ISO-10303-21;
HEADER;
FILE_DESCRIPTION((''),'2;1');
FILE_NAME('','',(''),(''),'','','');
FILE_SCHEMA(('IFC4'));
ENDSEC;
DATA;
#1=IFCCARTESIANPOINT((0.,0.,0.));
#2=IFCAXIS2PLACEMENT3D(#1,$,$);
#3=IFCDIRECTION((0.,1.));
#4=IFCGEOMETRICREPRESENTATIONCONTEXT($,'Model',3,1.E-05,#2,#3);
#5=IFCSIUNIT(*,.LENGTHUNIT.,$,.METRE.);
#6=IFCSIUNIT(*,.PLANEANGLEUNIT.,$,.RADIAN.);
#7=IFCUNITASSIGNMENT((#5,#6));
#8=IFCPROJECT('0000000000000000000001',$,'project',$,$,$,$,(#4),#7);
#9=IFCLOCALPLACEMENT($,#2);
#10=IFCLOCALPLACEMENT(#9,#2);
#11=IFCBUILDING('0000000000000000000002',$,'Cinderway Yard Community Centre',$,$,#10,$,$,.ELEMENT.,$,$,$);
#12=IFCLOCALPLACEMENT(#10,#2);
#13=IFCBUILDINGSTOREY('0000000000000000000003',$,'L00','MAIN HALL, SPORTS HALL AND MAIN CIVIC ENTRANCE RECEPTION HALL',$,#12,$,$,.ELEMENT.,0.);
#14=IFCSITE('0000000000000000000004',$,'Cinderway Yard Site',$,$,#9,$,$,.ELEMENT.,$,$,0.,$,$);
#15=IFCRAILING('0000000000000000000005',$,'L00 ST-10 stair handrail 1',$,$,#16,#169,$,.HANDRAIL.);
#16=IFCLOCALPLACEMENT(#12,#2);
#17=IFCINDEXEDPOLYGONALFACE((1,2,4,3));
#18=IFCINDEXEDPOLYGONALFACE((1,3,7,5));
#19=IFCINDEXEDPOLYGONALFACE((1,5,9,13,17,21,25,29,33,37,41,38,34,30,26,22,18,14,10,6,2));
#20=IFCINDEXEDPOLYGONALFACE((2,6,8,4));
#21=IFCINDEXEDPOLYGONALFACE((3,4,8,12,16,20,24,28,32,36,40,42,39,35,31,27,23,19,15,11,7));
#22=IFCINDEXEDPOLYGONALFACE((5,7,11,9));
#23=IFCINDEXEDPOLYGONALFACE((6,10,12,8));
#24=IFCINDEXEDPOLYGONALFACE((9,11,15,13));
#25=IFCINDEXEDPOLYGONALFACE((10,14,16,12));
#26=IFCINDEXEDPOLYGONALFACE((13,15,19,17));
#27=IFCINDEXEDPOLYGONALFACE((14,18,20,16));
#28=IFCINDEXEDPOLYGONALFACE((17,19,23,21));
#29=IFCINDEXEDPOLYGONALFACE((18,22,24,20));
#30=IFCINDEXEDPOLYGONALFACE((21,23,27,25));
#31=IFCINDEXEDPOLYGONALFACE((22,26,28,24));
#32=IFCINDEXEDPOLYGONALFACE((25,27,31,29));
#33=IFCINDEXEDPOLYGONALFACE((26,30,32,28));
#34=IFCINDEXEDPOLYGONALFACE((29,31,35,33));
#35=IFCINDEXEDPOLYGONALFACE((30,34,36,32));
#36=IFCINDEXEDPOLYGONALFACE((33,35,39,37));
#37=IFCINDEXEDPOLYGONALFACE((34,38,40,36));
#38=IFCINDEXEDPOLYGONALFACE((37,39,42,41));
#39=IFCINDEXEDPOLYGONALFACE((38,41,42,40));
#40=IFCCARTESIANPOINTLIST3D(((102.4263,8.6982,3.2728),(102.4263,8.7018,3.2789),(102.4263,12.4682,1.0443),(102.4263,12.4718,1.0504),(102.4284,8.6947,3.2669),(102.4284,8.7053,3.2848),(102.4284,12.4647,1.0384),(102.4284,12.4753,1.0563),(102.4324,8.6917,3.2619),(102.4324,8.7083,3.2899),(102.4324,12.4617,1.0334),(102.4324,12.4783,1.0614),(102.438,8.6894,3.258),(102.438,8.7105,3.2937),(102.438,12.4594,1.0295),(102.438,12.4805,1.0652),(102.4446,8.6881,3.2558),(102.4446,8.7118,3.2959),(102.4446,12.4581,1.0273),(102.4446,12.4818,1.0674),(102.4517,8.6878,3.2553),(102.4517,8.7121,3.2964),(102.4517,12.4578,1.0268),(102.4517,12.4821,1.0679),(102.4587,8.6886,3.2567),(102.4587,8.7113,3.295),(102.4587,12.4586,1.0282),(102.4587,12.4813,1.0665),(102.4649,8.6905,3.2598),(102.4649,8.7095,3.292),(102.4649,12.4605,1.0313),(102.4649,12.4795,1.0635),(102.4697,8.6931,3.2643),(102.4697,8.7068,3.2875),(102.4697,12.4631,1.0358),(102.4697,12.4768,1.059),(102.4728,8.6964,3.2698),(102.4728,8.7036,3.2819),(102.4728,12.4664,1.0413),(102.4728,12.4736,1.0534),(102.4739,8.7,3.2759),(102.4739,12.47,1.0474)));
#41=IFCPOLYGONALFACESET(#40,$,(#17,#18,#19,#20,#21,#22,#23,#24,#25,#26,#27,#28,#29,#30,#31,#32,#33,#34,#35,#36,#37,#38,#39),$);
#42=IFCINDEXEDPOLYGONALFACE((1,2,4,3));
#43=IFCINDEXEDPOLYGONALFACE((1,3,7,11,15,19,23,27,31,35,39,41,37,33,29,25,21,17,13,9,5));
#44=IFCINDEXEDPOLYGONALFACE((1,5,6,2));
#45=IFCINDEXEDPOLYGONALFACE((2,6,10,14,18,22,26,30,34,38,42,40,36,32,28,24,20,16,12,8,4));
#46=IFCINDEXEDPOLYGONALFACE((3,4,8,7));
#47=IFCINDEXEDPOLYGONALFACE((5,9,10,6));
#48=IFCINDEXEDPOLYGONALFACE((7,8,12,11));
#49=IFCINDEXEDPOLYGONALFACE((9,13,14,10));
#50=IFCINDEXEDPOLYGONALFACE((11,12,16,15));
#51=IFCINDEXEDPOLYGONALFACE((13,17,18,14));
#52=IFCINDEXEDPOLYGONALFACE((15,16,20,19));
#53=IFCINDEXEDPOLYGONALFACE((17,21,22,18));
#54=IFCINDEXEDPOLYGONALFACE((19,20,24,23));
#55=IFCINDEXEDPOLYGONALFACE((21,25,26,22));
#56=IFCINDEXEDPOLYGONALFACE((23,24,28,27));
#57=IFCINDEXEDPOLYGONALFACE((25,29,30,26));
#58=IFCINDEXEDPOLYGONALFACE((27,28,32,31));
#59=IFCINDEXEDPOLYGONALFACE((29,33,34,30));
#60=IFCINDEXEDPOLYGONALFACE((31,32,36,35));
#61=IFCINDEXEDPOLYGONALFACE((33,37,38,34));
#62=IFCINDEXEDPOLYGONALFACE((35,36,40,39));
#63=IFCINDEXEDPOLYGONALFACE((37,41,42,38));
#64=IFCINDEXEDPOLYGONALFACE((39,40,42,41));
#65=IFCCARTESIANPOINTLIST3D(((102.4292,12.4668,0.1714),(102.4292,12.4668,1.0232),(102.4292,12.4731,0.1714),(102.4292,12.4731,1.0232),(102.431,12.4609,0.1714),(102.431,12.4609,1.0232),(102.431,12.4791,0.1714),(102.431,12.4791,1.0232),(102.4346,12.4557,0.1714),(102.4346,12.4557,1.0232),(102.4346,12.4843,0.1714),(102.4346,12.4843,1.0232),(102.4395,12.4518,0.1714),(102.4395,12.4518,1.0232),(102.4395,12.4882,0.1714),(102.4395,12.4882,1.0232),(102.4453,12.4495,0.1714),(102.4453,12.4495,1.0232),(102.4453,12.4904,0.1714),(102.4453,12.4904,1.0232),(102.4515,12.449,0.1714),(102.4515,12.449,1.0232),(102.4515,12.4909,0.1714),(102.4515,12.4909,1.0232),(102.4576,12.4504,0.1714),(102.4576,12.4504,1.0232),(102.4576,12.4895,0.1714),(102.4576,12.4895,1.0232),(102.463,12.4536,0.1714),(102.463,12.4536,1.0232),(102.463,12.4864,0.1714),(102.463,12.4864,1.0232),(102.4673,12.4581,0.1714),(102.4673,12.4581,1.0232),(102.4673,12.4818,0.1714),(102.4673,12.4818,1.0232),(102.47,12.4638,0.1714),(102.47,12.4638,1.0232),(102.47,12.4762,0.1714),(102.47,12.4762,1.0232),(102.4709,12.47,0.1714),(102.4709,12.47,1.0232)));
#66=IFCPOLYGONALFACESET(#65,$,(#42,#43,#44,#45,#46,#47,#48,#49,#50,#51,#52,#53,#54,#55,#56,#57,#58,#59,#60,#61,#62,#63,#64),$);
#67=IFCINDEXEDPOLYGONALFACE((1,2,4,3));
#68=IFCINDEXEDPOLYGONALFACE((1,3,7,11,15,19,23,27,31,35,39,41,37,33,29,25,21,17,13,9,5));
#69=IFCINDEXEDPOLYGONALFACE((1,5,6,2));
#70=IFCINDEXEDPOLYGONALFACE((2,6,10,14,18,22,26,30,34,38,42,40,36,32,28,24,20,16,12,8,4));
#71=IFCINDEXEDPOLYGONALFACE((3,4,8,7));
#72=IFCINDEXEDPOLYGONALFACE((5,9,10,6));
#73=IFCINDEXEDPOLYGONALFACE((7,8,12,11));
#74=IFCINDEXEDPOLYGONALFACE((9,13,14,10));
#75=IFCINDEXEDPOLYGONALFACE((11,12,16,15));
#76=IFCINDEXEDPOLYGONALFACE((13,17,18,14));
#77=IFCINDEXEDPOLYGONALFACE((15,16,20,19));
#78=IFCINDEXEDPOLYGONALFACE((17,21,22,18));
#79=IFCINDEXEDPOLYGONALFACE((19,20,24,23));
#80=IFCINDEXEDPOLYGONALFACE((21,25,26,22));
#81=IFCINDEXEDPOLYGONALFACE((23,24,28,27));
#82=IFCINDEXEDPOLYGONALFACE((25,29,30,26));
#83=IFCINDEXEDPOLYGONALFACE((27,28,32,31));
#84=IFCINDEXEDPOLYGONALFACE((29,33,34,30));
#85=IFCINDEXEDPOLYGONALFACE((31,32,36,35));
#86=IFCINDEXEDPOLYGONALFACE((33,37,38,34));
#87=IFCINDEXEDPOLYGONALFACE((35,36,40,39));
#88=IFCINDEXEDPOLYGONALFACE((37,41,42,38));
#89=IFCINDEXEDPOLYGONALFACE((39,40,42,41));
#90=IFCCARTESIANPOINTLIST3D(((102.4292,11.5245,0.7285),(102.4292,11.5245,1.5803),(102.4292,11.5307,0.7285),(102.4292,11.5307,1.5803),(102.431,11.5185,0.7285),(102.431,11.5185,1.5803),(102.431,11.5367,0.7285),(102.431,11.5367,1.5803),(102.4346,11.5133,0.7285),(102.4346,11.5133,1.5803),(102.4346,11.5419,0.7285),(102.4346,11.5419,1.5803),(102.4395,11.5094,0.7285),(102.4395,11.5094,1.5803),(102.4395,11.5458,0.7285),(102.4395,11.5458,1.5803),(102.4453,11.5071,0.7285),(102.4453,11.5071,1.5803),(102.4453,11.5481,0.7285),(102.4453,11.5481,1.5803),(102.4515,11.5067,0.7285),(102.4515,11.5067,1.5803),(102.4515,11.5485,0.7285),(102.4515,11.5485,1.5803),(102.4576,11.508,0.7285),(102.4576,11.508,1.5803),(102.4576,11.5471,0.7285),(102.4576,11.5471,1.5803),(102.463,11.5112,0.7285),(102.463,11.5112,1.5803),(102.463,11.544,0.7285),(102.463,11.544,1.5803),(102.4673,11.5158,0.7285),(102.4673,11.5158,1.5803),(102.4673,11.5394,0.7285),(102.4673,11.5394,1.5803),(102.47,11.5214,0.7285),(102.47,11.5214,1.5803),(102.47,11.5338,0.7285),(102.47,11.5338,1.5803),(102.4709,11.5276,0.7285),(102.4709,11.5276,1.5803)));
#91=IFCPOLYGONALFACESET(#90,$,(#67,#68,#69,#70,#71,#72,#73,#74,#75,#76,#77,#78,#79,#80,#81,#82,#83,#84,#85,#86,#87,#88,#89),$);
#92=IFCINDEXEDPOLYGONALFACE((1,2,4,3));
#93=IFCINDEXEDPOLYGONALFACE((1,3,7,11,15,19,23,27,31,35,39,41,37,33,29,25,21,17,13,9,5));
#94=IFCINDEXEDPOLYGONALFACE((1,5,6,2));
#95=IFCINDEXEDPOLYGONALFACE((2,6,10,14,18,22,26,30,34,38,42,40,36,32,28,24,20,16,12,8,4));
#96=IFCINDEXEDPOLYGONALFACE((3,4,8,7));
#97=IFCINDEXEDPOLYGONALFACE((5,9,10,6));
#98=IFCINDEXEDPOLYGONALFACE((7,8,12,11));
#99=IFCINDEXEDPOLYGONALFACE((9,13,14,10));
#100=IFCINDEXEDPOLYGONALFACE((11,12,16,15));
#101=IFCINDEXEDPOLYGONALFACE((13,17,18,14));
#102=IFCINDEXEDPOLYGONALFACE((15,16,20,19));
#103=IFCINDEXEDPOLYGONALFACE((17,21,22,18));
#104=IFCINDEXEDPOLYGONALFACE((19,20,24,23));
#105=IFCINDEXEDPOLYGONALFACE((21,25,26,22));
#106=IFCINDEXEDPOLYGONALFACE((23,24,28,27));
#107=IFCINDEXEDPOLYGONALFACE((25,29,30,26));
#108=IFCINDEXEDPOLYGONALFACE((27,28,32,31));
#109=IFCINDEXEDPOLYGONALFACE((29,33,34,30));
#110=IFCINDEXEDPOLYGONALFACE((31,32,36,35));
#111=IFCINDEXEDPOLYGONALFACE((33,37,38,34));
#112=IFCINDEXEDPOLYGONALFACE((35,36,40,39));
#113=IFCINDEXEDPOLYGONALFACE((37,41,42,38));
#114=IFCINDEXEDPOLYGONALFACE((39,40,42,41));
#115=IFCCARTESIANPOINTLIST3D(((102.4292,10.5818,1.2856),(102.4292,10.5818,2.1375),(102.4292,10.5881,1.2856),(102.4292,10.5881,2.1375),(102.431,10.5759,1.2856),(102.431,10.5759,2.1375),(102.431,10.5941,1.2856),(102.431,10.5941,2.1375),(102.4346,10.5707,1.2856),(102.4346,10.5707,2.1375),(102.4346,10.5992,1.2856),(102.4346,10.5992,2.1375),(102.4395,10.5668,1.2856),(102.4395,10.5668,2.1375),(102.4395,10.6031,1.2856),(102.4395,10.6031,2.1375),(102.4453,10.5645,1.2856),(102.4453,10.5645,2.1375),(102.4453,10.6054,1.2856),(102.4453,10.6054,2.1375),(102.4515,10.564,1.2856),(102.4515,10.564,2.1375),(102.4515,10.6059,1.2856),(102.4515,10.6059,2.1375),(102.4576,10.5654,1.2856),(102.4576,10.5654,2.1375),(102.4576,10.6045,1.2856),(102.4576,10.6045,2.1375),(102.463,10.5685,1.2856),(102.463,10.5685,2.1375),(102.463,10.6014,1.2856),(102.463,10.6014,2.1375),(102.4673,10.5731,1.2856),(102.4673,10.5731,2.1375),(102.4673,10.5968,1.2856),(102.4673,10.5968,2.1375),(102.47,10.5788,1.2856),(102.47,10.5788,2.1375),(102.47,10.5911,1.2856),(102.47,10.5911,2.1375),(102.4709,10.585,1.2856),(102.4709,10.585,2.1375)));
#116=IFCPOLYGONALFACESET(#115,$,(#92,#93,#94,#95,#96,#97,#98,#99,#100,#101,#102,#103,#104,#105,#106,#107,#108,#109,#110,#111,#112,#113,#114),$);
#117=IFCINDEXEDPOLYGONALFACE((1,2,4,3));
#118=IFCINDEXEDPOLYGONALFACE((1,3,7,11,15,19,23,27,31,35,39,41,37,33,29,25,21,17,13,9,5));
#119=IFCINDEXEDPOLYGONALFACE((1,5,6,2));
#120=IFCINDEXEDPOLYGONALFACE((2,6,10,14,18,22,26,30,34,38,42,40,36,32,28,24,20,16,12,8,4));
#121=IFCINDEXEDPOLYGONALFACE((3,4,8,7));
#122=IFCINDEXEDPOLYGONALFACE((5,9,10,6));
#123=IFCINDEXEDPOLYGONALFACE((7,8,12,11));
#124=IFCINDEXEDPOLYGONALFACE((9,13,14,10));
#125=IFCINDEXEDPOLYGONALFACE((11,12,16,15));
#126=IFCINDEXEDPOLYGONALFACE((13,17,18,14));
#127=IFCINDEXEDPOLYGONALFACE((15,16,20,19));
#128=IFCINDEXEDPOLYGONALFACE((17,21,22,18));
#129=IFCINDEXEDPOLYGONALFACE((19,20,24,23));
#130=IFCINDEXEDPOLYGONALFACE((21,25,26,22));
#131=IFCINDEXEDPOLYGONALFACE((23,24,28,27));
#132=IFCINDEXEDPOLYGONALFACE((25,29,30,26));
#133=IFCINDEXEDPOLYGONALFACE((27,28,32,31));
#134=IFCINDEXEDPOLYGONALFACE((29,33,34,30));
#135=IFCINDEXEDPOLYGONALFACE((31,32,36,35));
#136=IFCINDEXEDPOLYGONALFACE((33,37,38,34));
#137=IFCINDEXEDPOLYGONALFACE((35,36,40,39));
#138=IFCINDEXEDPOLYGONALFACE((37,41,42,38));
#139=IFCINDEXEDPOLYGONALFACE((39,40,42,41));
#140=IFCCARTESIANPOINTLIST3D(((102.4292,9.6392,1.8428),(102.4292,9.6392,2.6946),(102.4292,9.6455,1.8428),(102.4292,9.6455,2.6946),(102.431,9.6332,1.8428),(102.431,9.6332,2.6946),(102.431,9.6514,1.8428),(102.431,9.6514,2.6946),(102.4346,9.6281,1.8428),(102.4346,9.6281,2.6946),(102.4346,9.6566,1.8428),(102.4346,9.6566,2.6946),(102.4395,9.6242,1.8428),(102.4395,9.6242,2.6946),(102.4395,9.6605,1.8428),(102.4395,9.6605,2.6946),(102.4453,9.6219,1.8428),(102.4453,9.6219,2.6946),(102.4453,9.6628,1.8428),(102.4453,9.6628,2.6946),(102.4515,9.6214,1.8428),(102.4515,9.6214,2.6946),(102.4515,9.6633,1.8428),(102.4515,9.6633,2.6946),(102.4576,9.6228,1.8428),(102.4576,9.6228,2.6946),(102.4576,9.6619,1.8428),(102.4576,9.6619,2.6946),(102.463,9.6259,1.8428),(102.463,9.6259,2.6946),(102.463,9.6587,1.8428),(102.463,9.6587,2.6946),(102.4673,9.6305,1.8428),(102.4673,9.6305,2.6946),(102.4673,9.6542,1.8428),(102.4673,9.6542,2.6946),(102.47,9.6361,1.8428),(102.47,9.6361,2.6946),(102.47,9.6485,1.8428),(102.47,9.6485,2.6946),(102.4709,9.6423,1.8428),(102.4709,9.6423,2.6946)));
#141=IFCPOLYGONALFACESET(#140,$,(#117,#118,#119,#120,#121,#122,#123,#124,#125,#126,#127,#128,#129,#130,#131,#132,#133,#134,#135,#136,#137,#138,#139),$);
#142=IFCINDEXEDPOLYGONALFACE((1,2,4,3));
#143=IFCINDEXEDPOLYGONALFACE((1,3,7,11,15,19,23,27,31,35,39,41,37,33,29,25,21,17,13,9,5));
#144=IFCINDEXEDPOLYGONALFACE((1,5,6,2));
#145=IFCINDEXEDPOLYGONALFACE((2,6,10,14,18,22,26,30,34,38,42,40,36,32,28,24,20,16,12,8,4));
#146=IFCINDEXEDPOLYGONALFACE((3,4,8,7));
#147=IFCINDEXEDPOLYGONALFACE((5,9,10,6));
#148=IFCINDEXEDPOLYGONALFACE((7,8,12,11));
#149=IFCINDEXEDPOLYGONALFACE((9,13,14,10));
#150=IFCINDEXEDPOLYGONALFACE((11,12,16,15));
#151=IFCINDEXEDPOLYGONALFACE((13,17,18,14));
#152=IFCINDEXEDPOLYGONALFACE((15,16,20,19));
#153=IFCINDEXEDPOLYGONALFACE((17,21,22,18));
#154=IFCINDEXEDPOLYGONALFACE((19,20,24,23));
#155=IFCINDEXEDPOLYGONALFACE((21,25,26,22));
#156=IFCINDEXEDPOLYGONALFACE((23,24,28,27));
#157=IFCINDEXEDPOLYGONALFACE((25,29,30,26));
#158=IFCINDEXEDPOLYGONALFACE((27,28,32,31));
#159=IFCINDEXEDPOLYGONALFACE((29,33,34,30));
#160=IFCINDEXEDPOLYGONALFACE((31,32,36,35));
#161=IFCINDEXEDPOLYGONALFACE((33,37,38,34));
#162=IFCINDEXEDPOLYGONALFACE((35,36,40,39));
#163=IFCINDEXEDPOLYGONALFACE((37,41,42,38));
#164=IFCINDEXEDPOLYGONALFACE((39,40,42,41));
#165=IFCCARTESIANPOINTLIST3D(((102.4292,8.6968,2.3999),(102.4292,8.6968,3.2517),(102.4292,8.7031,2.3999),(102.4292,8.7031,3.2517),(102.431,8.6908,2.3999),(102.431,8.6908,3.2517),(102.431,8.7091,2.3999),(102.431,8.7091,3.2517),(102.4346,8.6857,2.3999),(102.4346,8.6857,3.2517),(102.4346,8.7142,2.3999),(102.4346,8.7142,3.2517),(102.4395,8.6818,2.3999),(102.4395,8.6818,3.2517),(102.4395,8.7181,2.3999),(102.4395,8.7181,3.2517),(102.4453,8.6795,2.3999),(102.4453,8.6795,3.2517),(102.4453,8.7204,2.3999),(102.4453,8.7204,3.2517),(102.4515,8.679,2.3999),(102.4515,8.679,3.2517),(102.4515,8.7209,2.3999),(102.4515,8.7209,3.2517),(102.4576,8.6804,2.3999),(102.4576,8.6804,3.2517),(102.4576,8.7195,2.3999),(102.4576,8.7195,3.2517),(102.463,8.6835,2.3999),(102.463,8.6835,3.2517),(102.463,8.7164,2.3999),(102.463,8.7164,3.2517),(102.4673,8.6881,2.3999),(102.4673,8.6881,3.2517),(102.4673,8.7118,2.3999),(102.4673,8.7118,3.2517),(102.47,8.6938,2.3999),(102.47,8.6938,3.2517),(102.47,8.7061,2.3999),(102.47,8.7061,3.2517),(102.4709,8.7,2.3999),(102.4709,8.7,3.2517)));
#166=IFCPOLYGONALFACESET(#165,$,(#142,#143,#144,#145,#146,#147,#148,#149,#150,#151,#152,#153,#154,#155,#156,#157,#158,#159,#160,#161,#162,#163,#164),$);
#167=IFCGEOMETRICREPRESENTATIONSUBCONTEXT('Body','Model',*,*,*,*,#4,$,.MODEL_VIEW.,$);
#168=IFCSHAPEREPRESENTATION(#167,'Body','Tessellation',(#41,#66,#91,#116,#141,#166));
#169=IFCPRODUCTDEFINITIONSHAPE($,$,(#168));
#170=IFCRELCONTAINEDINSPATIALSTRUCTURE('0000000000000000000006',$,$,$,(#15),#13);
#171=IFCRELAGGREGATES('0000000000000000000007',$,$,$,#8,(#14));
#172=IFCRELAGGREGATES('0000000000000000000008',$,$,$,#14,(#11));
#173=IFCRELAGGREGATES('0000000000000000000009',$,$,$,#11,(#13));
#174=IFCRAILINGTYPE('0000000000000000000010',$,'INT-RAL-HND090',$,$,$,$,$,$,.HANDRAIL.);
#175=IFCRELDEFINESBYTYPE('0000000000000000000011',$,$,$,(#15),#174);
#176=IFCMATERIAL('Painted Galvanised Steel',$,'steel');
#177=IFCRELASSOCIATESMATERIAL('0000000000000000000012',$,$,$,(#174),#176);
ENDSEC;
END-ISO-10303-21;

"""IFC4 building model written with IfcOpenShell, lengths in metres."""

from ifc_helpers import new_model, si_unit, direction, frame, origin, origin_2d, place, context, subcontext, project, spatial, circle, extrude, material, type_object, element, save


model = new_model("IFC4")

# Units and contexts
model_context = context("Model", 3, precision=1e-05, world=origin(), true_north=direction((0.0, 1.0)))
body_context = subcontext(model_context, "Body", "Model", "MODEL_VIEW")
ifc_project = project(units=[si_unit("LENGTHUNIT", "METRE"), si_unit("PLANEANGLEUNIT", "RADIAN")], contexts=[model_context])

# Site, building, storey
site_placement = place(None, origin())
site = spatial("IfcSite", under=ifc_project, at=site_placement, Name="Cinderway Yard Site", CompositionType="ELEMENT", RefElevation=0.0)
building_placement = place(site_placement, origin())
building = spatial("IfcBuilding", under=site, at=building_placement, Name="Cinderway Yard Community Centre", CompositionType="ELEMENT")
storey_placement = place(building_placement, origin())
storey = spatial("IfcBuildingStorey", under=building, at=storey_placement, Name="L00", Description="MAIN HALL, SPORTS HALL AND MAIN CIVIC ENTRANCE RECEPTION HALL", CompositionType="ELEMENT", Elevation=0.0)

# Shared definitions
ifc_material_1 = material(Name="Painted Galvanised Steel", Category="steel")

# Railing
railing_type_1 = type_object("IfcRailingType", Name="INT-RAL-HND090", PredefinedType="HANDRAIL", material=ifc_material_1)
railing_1_placement = place(storey_placement, frame((102.45, 12.47, 0.1714)))
element("IfcRailing", 1, at=railing_1_placement, inside=storey, type_object=railing_type_1, Name="L00 ST-10 stair handrail 1", PredefinedType="HANDRAIL", context=body_context, shape_type="SweptSolid", body=[
    extrude(circle(Radius=0.0239, at=origin_2d()), frame((0.0, 0.0, 0.876), z_axis=(0.0, -0.860849, 0.508861), x_axis=(1.0, 0.0, 0.0)), (0.0, 0.0, 1.0), 4.3794),
    extrude(circle(Radius=0.021, at=origin_2d()), origin(), (0.0, 0.0, 1.0), 0.8518),
    extrude(circle(Radius=0.021, at=origin_2d()), frame((0.0, -0.9424, 0.5571)), (0.0, 0.0, 1.0), 0.8518),
    extrude(circle(Radius=0.021, at=origin_2d()), frame((0.0, -1.885, 1.1143)), (0.0, 0.0, 1.0), 0.8518),
    extrude(circle(Radius=0.021, at=origin_2d()), frame((0.0, -2.8276, 1.6714)), (0.0, 0.0, 1.0), 0.8518),
    extrude(circle(Radius=0.021, at=origin_2d()), frame((0.0, -3.77, 2.2285)), (0.0, 0.0, 1.0), 0.8518),
])

save(model, "model.ifc")
